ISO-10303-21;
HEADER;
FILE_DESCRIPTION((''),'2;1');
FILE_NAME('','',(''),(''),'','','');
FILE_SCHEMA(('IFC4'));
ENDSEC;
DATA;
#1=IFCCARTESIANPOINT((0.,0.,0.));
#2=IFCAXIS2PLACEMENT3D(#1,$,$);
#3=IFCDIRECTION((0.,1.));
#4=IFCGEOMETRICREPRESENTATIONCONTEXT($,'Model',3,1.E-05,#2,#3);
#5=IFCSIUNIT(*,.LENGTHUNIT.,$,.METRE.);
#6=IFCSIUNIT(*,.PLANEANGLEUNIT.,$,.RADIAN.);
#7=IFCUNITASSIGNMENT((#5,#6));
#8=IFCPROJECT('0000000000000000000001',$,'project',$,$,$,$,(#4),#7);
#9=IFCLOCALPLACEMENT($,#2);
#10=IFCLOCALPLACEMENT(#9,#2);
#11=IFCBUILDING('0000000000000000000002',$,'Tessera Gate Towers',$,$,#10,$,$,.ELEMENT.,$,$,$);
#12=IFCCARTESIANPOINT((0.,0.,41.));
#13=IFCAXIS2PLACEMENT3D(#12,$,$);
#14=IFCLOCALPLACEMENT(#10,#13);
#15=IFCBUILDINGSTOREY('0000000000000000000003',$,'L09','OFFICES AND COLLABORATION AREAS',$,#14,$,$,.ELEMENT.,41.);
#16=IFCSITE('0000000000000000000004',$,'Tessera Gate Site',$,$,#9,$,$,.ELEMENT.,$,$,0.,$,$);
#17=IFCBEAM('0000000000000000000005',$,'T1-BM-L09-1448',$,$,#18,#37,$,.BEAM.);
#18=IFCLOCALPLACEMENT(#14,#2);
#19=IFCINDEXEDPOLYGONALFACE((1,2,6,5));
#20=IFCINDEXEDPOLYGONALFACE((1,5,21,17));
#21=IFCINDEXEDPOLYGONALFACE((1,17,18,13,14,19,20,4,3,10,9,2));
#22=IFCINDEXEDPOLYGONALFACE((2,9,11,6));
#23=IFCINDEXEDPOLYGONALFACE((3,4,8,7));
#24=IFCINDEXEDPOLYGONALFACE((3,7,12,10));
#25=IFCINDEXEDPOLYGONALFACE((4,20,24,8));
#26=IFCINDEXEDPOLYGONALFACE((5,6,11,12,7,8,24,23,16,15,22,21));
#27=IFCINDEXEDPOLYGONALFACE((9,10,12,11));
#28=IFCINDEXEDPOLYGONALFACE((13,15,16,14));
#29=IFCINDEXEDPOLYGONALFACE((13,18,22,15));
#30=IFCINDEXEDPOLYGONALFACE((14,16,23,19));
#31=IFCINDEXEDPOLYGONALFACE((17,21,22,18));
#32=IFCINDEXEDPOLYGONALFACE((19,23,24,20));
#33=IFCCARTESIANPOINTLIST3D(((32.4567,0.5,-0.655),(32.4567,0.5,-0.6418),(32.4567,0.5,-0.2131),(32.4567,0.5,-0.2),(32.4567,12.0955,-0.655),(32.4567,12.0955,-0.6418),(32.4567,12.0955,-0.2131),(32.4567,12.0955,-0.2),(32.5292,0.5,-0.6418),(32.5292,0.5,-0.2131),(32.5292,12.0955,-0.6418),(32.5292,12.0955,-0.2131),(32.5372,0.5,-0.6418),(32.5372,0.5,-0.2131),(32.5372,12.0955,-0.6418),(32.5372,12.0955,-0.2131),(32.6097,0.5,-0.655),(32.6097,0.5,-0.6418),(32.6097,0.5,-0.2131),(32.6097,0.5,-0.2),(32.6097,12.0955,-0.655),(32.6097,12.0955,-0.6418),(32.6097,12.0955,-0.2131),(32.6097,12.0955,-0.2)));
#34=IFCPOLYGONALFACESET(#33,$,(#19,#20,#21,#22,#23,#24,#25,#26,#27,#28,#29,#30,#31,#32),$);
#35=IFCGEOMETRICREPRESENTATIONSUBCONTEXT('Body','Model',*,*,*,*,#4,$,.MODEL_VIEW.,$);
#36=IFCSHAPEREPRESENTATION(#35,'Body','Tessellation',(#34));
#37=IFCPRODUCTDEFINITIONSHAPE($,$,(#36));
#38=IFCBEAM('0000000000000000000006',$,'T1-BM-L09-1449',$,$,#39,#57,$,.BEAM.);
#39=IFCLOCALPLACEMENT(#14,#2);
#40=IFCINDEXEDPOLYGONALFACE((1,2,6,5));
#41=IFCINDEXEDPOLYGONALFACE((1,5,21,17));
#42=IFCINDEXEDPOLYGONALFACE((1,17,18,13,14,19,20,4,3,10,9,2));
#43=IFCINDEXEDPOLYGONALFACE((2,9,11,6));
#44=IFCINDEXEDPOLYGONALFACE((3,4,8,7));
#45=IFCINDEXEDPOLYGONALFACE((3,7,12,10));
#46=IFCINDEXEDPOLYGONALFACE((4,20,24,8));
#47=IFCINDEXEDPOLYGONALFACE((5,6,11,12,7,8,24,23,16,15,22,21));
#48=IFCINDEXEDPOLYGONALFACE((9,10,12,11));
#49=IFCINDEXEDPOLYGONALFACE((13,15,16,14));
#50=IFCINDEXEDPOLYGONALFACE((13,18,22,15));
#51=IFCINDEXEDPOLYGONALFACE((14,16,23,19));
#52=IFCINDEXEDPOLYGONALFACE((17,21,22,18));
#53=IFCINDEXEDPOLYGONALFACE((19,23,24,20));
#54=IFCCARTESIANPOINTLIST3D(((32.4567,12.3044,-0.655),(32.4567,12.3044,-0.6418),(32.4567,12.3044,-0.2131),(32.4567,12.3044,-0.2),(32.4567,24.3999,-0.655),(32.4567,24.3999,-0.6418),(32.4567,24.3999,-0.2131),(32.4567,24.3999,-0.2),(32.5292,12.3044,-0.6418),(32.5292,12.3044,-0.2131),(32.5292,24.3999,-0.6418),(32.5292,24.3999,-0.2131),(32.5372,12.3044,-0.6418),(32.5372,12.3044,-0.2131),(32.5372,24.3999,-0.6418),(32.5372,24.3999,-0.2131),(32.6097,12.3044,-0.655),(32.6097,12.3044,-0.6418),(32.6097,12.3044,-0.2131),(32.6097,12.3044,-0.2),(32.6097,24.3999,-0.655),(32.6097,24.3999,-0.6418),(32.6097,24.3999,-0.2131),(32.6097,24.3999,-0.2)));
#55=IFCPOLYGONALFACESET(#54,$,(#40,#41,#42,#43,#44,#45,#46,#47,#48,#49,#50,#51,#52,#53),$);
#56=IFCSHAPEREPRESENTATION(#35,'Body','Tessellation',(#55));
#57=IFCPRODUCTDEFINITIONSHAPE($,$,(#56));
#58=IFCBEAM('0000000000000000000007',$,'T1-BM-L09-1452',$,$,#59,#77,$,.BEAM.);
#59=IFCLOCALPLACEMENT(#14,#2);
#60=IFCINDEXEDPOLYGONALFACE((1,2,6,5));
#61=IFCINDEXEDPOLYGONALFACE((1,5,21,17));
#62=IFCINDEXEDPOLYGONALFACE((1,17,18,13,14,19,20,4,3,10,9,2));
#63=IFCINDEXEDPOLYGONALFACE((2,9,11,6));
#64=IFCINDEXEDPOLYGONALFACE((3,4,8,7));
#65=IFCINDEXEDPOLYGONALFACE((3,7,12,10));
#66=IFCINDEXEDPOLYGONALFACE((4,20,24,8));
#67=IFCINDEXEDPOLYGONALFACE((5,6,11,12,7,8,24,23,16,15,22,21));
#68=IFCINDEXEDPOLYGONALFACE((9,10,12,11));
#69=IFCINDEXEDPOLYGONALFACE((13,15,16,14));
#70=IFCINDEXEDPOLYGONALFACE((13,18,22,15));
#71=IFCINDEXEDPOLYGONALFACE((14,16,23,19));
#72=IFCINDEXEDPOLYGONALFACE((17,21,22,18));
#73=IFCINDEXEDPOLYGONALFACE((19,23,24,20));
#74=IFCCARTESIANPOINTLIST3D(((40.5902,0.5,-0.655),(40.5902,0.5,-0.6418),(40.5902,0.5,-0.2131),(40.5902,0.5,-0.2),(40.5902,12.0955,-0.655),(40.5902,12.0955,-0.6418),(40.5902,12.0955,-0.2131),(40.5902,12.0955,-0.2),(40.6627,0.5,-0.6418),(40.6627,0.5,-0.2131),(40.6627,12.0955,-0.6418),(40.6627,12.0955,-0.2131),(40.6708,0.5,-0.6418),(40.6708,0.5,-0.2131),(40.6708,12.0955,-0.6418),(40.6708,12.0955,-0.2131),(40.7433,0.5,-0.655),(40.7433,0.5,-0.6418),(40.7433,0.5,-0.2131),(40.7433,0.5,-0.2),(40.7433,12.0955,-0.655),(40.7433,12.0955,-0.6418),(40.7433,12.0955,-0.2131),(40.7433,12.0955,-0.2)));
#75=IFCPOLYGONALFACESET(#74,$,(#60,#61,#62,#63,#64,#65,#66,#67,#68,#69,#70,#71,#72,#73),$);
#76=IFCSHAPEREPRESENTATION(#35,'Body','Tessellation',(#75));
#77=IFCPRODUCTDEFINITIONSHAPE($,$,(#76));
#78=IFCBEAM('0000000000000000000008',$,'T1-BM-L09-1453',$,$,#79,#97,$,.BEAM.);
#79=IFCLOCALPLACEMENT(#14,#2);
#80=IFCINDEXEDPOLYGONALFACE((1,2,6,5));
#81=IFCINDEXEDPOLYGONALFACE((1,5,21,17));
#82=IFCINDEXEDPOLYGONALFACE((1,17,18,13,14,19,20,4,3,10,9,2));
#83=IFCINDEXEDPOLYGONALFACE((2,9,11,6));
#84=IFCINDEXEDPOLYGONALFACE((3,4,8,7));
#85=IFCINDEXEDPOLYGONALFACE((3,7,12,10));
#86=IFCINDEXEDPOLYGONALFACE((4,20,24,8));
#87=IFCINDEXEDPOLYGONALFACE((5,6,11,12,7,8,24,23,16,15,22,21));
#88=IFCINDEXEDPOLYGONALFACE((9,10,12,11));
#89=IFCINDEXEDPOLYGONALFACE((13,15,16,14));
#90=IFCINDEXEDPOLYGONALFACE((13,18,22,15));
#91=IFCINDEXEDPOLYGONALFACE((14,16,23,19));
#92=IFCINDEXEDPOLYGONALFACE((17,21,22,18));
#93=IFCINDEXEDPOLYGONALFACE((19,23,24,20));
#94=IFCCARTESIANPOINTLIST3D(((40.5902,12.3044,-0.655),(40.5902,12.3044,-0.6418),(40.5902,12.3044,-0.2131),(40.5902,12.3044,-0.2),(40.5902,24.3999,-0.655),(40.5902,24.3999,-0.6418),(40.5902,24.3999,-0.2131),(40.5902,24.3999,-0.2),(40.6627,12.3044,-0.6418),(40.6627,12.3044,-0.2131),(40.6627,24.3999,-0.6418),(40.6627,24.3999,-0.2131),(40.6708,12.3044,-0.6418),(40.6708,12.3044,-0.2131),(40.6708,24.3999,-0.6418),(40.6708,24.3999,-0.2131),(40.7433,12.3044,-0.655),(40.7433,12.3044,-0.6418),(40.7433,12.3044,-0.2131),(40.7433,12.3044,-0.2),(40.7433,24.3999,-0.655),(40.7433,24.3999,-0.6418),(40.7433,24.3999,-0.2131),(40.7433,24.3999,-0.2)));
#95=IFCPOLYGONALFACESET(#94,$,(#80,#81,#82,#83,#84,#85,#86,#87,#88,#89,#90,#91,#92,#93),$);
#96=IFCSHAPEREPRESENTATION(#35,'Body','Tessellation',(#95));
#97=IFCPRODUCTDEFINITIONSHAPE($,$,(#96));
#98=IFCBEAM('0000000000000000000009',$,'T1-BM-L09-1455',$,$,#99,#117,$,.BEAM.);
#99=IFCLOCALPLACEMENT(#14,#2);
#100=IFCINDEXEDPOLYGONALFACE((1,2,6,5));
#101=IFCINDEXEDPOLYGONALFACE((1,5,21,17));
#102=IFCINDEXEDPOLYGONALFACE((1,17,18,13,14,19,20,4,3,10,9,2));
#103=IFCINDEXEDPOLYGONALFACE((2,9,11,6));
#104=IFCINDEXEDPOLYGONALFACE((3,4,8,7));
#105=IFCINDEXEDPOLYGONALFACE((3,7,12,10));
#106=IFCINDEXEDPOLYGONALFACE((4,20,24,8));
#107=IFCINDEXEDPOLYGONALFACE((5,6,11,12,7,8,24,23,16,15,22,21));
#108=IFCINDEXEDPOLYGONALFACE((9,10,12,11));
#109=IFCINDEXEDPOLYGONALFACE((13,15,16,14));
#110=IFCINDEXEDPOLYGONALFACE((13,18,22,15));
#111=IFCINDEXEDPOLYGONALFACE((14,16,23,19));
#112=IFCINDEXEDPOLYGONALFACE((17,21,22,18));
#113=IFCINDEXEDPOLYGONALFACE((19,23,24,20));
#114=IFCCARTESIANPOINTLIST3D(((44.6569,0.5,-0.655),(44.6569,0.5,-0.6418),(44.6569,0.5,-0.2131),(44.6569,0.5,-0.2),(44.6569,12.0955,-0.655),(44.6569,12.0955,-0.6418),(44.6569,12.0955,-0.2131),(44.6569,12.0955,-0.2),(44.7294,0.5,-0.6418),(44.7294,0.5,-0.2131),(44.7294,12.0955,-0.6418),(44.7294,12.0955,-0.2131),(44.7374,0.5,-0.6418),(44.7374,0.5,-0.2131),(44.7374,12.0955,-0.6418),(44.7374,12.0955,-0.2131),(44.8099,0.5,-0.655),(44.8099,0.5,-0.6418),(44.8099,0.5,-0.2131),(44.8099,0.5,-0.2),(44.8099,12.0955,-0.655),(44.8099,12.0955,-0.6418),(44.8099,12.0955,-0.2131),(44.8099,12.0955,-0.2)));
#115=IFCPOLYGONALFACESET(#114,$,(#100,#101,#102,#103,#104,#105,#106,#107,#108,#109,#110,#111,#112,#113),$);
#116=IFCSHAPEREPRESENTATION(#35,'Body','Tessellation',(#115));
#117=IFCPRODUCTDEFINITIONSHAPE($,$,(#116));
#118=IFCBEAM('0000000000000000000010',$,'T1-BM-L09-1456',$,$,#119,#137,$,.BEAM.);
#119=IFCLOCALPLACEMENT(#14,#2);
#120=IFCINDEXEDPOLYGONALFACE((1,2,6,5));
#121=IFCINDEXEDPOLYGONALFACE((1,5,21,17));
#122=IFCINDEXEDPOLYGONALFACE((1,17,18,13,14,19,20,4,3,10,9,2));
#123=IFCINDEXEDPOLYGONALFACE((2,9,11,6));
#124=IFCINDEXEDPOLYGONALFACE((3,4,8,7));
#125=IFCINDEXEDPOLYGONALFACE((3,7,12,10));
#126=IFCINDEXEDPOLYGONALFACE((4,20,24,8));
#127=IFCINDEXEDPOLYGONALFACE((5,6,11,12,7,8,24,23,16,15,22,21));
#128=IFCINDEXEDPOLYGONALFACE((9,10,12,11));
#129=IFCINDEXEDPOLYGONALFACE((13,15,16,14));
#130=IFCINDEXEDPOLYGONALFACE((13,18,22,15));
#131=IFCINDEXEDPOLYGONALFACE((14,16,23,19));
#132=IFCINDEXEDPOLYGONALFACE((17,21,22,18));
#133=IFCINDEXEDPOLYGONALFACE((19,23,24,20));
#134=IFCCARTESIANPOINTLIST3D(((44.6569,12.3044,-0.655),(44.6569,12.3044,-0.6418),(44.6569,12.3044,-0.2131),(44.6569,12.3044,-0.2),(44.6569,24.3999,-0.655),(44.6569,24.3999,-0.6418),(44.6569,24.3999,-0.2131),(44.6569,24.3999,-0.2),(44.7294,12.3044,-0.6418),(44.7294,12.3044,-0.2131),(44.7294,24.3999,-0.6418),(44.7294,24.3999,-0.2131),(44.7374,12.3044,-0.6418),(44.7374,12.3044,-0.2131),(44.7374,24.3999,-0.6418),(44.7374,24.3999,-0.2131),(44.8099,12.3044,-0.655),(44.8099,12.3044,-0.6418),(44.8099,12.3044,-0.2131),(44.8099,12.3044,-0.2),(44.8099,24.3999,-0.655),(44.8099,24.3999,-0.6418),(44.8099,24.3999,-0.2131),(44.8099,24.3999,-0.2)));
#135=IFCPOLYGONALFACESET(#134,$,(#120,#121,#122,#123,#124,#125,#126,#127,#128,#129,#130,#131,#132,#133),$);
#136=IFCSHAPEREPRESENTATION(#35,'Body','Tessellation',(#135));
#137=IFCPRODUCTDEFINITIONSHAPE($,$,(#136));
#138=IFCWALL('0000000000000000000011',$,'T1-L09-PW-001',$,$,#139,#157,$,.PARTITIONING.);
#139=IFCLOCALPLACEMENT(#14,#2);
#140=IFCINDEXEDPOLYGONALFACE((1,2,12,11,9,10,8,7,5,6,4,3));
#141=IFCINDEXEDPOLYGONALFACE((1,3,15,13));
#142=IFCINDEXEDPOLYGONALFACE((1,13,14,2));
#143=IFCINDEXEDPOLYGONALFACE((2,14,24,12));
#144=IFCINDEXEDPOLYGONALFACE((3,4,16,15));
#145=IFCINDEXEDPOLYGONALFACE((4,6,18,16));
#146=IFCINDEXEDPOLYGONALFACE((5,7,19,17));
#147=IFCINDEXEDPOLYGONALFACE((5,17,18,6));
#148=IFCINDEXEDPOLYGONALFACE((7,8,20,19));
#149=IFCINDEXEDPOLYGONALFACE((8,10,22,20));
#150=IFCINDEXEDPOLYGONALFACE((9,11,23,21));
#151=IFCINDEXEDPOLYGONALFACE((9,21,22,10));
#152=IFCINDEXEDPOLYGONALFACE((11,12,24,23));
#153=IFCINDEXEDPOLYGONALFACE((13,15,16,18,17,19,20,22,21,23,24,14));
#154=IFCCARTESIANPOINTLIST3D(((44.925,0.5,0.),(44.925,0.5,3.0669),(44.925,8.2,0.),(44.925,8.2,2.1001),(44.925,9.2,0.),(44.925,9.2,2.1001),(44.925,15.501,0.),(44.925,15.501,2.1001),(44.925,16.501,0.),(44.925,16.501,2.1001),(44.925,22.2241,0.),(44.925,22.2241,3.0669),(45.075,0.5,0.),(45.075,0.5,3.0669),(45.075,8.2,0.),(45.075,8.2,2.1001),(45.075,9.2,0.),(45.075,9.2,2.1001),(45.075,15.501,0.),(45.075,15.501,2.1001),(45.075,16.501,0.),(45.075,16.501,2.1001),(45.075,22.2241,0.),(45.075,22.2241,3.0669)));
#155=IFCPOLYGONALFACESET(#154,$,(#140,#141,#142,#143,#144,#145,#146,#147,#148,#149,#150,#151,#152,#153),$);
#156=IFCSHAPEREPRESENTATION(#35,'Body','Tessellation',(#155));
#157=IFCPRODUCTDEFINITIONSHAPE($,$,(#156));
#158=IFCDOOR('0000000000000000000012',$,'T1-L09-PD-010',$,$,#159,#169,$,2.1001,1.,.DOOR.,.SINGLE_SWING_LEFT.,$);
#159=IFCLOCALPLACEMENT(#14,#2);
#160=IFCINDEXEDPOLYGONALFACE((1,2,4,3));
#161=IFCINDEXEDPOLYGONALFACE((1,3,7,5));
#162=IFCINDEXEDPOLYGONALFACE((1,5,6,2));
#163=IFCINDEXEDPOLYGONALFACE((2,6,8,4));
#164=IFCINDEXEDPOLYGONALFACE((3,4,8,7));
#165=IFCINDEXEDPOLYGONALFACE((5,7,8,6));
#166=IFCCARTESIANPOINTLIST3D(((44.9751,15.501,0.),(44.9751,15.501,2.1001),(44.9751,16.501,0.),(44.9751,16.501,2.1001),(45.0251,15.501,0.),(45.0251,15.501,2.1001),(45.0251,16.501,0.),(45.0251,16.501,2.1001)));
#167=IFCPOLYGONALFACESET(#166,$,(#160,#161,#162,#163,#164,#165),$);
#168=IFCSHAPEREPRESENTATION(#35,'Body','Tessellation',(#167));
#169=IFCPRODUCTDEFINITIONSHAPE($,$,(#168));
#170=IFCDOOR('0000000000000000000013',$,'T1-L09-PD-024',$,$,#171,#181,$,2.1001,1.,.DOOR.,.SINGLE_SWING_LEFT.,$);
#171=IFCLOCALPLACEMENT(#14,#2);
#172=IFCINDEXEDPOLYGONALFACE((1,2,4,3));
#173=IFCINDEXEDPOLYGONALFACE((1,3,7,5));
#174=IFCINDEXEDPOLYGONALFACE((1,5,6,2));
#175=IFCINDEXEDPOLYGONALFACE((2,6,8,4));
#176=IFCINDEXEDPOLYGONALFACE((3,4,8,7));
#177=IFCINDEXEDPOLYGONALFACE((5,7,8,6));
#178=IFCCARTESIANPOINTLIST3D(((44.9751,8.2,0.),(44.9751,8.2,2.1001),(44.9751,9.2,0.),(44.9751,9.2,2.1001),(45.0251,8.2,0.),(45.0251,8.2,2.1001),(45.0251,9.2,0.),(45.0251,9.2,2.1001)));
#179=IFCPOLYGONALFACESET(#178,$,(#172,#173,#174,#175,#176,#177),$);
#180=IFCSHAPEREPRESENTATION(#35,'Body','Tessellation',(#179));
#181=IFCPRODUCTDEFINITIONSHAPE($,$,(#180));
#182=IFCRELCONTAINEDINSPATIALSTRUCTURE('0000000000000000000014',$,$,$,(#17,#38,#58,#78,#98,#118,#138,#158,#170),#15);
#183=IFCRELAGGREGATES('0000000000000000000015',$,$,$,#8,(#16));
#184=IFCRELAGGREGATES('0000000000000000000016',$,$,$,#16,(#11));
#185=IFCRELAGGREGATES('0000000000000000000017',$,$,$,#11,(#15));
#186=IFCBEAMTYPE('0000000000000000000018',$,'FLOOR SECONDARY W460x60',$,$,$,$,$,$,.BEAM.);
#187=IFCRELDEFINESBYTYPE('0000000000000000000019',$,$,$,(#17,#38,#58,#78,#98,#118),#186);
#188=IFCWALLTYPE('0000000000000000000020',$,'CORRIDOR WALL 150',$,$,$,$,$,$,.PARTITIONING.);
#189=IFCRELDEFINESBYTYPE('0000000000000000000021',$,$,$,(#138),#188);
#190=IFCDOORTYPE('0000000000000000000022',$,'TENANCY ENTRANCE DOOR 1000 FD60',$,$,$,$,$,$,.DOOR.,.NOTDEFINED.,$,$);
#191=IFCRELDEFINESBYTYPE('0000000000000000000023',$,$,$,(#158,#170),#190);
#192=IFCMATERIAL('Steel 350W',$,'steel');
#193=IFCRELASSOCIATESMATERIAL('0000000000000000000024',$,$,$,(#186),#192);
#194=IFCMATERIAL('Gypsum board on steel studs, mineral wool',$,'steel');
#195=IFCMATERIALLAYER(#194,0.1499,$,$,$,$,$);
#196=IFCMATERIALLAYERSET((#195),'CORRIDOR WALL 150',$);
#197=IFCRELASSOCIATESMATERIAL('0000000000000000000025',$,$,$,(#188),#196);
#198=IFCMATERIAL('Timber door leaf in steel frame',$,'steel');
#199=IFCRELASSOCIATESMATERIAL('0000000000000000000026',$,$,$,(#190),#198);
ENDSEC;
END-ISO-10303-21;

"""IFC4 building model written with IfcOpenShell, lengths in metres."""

from ifc_helpers import new_model, si_unit, direction, frame, frame_2d, origin, origin_2d, place, context, subcontext, project, spatial, rectangle, i_section, extrude, source, transform, mapped, material, layer, layer_set, material_profile, profile_set, type_object, element, fill, save


model = new_model("IFC4")

# Units and contexts
model_context = context("Model", 3, precision=1e-05, world=origin(), true_north=direction((0.0, 1.0)))
body_context = subcontext(model_context, "Body", "Model", "MODEL_VIEW")
ifc_project = project(units=[si_unit("LENGTHUNIT", "METRE"), si_unit("PLANEANGLEUNIT", "RADIAN")], contexts=[model_context])

# Site, building, storey
site_placement = place(None, origin())
site = spatial("IfcSite", under=ifc_project, at=site_placement, Name="Tessera Gate Site", CompositionType="ELEMENT", RefElevation=0.0)
building_placement = place(site_placement, origin())
building = spatial("IfcBuilding", under=site, at=building_placement, Name="Tessera Gate Towers", CompositionType="ELEMENT")
storey_placement = place(building_placement, frame((0.0, 0.0, 41.0)))
storey = spatial("IfcBuildingStorey", under=building, at=storey_placement, Name="L09", Description="OFFICES AND COLLABORATION AREAS", CompositionType="ELEMENT", Elevation=41.0)

# Beams
ifc_material_1 = material(Name="Steel 350W", Category="steel")
ifc_material_profile_1 = material_profile(ifc_material_1, i_section(OverallWidth=0.1531, OverallDepth=0.4551, WebThickness=0.0081, FlangeThickness=0.0132, at=origin_2d()), Name="W460x60")
ifc_profile_set_1 = profile_set([ifc_material_profile_1], Name="Steel 350W")
beam_type_1 = type_object("IfcBeamType", Name="FLOOR SECONDARY W460x60", PredefinedType="BEAM", material=ifc_profile_set_1)
beam_1_placement = place(storey_placement, frame((32.5332, 0.5, -0.4275), z_axis=(0.0, 1.0, 0.0), x_axis=(-1.0, 0.0, 0.0)))
element("IfcBeam", 1, at=beam_1_placement, inside=storey, type_object=beam_type_1, Name="T1-BM-L09-1448", PredefinedType="BEAM", context=body_context, shape_type="SweptSolid", body=[
    extrude(i_section(OverallWidth=0.1531, OverallDepth=0.4551, WebThickness=0.0081, FlangeThickness=0.0132, at=origin_2d()), origin(), (0.0, 0.0, 1.0), 11.5955),
])
beam_2_placement = place(storey_placement, frame((32.5332, 12.3044, -0.4275), z_axis=(0.0, 1.0, 0.0), x_axis=(-1.0, 0.0, 0.0)))
element("IfcBeam", 2, at=beam_2_placement, inside=storey, type_object=beam_type_1, Name="T1-BM-L09-1449", PredefinedType="BEAM", context=body_context, shape_type="SweptSolid", body=[
    extrude(i_section(OverallWidth=0.1531, OverallDepth=0.4551, WebThickness=0.0081, FlangeThickness=0.0132, at=origin_2d()), origin(), (0.0, 0.0, 1.0), 12.0955),
])
beam_3_placement = place(storey_placement, frame((40.6667, 0.5, -0.4275), z_axis=(0.0, 1.0, 0.0), x_axis=(-1.0, 0.0, 0.0)))
element("IfcBeam", 3, at=beam_3_placement, inside=storey, type_object=beam_type_1, Name="T1-BM-L09-1452", PredefinedType="BEAM", context=body_context, shape_type="SweptSolid", body=[
    extrude(i_section(OverallWidth=0.1531, OverallDepth=0.4551, WebThickness=0.0081, FlangeThickness=0.0132, at=origin_2d()), origin(), (0.0, 0.0, 1.0), 11.5955),
])
beam_4_placement = place(storey_placement, frame((40.6667, 12.3044, -0.4275), z_axis=(0.0, 1.0, 0.0), x_axis=(-1.0, 0.0, 0.0)))
element("IfcBeam", 4, at=beam_4_placement, inside=storey, type_object=beam_type_1, Name="T1-BM-L09-1453", PredefinedType="BEAM", context=body_context, shape_type="SweptSolid", body=[
    extrude(i_section(OverallWidth=0.1531, OverallDepth=0.4551, WebThickness=0.0081, FlangeThickness=0.0132, at=origin_2d()), origin(), (0.0, 0.0, 1.0), 12.0955),
])
beam_5_placement = place(storey_placement, frame((44.7334, 0.5, -0.4275), z_axis=(0.0, 1.0, 0.0), x_axis=(-1.0, 0.0, 0.0)))
element("IfcBeam", 5, at=beam_5_placement, inside=storey, type_object=beam_type_1, Name="T1-BM-L09-1455", PredefinedType="BEAM", context=body_context, shape_type="SweptSolid", body=[
    extrude(i_section(OverallWidth=0.1531, OverallDepth=0.4551, WebThickness=0.0081, FlangeThickness=0.0132, at=origin_2d()), origin(), (0.0, 0.0, 1.0), 11.5955),
])
beam_6_placement = place(storey_placement, frame((44.7334, 12.3044, -0.4275), z_axis=(0.0, 1.0, 0.0), x_axis=(-1.0, 0.0, 0.0)))
element("IfcBeam", 6, at=beam_6_placement, inside=storey, type_object=beam_type_1, Name="T1-BM-L09-1456", PredefinedType="BEAM", context=body_context, shape_type="SweptSolid", body=[
    extrude(i_section(OverallWidth=0.1531, OverallDepth=0.4551, WebThickness=0.0081, FlangeThickness=0.0132, at=origin_2d()), origin(), (0.0, 0.0, 1.0), 12.0955),
])

# Wall, openings, doors
ifc_material_2 = material(Name="Gypsum board on steel studs, mineral wool", Category="steel")
ifc_layer_1 = layer(ifc_material_2, 0.1499)
ifc_layer_set_1 = layer_set([ifc_layer_1], Name="CORRIDOR WALL 150")
wall_type_1 = type_object("IfcWallType", Name="CORRIDOR WALL 150", PredefinedType="PARTITIONING", material=ifc_layer_set_1)
wall_1_placement = place(storey_placement, frame((45.0, 0.5, 0.0), z_axis=(0.0, 0.0, 1.0), x_axis=(0.0, 1.0, 0.0)))
wall_1 = element("IfcWall", 7, at=wall_1_placement, inside=storey, type_object=wall_type_1, Name="T1-L09-PW-001", PredefinedType="PARTITIONING", context=body_context, shape_type="SweptSolid", body=[
    extrude(rectangle(XDim=21.7241, YDim=0.1499, at=frame_2d((10.8621, 0.0))), origin(), (0.0, 0.0, 1.0), 3.0669),
])
shared_shape_1 = source(origin(), body_context, "Body", "SweptSolid", [
    extrude(rectangle(XDim=1.0, YDim=2.1001, at=frame_2d((0.5, 1.05))), frame((0.0, 0.085, 0.0), z_axis=(0.0, -1.0, 0.0), x_axis=(1.0, 0.0, 0.0)), (0.0, 0.0, 1.0), 0.1699),
])
opening_1_placement = place(wall_1_placement, frame((15.001, 0.0, 0.0)))
opening_1 = element("IfcOpeningElement", 8, at=opening_1_placement, cuts=wall_1, PredefinedType="OPENING", context=body_context, shape_type="MappedRepresentation", body=[
    mapped(shared_shape_1, transform((0.0, 0.0, 0.0), scale=1.0)),
])
opening_2_placement = place(wall_1_placement, frame((7.7, 0.0, 0.0)))
opening_2 = element("IfcOpeningElement", 9, at=opening_2_placement, cuts=wall_1, PredefinedType="OPENING", context=body_context, shape_type="MappedRepresentation", body=[
    mapped(shared_shape_1, transform((0.0, 0.0, 0.0), scale=1.0)),
])
ifc_material_3 = material(Name="Timber door leaf in steel frame", Category="steel")
door_type_1 = type_object("IfcDoorType", Name="TENANCY ENTRANCE DOOR 1000 FD60", OperationType="NOTDEFINED", PredefinedType="DOOR", material=ifc_material_3)
shared_shape_2 = source(origin(), body_context, "Body", "SweptSolid", [
    extrude(rectangle(XDim=1.0, YDim=2.1001, at=frame_2d((0.5, 1.05))), frame((0.0, 0.0249, 0.0), z_axis=(0.0, -1.0, 0.0), x_axis=(1.0, 0.0, 0.0)), (0.0, 0.0, 1.0), 0.05),
])
door_1_placement = place(opening_1_placement, origin())
door_1 = element("IfcDoor", 10, at=door_1_placement, inside=storey, type_object=door_type_1, Name="T1-L09-PD-010", OperationType="SINGLE_SWING_LEFT", OverallHeight=2.1001, OverallWidth=1.0, PredefinedType="DOOR", context=body_context, shape_type="MappedRepresentation", body=[
    mapped(shared_shape_2, transform((0.0, 0.0, 0.0), scale=1.0)),
])
fill(opening_1, door_1)
door_2_placement = place(opening_2_placement, origin())
door_2 = element("IfcDoor", 11, at=door_2_placement, inside=storey, type_object=door_type_1, Name="T1-L09-PD-024", OperationType="SINGLE_SWING_LEFT", OverallHeight=2.1001, OverallWidth=1.0, PredefinedType="DOOR", context=body_context, shape_type="MappedRepresentation", body=[
    mapped(shared_shape_2, transform((0.0, 0.0, 0.0), scale=1.0)),
])
fill(opening_2, door_2)

save(model, "model.ifc")
